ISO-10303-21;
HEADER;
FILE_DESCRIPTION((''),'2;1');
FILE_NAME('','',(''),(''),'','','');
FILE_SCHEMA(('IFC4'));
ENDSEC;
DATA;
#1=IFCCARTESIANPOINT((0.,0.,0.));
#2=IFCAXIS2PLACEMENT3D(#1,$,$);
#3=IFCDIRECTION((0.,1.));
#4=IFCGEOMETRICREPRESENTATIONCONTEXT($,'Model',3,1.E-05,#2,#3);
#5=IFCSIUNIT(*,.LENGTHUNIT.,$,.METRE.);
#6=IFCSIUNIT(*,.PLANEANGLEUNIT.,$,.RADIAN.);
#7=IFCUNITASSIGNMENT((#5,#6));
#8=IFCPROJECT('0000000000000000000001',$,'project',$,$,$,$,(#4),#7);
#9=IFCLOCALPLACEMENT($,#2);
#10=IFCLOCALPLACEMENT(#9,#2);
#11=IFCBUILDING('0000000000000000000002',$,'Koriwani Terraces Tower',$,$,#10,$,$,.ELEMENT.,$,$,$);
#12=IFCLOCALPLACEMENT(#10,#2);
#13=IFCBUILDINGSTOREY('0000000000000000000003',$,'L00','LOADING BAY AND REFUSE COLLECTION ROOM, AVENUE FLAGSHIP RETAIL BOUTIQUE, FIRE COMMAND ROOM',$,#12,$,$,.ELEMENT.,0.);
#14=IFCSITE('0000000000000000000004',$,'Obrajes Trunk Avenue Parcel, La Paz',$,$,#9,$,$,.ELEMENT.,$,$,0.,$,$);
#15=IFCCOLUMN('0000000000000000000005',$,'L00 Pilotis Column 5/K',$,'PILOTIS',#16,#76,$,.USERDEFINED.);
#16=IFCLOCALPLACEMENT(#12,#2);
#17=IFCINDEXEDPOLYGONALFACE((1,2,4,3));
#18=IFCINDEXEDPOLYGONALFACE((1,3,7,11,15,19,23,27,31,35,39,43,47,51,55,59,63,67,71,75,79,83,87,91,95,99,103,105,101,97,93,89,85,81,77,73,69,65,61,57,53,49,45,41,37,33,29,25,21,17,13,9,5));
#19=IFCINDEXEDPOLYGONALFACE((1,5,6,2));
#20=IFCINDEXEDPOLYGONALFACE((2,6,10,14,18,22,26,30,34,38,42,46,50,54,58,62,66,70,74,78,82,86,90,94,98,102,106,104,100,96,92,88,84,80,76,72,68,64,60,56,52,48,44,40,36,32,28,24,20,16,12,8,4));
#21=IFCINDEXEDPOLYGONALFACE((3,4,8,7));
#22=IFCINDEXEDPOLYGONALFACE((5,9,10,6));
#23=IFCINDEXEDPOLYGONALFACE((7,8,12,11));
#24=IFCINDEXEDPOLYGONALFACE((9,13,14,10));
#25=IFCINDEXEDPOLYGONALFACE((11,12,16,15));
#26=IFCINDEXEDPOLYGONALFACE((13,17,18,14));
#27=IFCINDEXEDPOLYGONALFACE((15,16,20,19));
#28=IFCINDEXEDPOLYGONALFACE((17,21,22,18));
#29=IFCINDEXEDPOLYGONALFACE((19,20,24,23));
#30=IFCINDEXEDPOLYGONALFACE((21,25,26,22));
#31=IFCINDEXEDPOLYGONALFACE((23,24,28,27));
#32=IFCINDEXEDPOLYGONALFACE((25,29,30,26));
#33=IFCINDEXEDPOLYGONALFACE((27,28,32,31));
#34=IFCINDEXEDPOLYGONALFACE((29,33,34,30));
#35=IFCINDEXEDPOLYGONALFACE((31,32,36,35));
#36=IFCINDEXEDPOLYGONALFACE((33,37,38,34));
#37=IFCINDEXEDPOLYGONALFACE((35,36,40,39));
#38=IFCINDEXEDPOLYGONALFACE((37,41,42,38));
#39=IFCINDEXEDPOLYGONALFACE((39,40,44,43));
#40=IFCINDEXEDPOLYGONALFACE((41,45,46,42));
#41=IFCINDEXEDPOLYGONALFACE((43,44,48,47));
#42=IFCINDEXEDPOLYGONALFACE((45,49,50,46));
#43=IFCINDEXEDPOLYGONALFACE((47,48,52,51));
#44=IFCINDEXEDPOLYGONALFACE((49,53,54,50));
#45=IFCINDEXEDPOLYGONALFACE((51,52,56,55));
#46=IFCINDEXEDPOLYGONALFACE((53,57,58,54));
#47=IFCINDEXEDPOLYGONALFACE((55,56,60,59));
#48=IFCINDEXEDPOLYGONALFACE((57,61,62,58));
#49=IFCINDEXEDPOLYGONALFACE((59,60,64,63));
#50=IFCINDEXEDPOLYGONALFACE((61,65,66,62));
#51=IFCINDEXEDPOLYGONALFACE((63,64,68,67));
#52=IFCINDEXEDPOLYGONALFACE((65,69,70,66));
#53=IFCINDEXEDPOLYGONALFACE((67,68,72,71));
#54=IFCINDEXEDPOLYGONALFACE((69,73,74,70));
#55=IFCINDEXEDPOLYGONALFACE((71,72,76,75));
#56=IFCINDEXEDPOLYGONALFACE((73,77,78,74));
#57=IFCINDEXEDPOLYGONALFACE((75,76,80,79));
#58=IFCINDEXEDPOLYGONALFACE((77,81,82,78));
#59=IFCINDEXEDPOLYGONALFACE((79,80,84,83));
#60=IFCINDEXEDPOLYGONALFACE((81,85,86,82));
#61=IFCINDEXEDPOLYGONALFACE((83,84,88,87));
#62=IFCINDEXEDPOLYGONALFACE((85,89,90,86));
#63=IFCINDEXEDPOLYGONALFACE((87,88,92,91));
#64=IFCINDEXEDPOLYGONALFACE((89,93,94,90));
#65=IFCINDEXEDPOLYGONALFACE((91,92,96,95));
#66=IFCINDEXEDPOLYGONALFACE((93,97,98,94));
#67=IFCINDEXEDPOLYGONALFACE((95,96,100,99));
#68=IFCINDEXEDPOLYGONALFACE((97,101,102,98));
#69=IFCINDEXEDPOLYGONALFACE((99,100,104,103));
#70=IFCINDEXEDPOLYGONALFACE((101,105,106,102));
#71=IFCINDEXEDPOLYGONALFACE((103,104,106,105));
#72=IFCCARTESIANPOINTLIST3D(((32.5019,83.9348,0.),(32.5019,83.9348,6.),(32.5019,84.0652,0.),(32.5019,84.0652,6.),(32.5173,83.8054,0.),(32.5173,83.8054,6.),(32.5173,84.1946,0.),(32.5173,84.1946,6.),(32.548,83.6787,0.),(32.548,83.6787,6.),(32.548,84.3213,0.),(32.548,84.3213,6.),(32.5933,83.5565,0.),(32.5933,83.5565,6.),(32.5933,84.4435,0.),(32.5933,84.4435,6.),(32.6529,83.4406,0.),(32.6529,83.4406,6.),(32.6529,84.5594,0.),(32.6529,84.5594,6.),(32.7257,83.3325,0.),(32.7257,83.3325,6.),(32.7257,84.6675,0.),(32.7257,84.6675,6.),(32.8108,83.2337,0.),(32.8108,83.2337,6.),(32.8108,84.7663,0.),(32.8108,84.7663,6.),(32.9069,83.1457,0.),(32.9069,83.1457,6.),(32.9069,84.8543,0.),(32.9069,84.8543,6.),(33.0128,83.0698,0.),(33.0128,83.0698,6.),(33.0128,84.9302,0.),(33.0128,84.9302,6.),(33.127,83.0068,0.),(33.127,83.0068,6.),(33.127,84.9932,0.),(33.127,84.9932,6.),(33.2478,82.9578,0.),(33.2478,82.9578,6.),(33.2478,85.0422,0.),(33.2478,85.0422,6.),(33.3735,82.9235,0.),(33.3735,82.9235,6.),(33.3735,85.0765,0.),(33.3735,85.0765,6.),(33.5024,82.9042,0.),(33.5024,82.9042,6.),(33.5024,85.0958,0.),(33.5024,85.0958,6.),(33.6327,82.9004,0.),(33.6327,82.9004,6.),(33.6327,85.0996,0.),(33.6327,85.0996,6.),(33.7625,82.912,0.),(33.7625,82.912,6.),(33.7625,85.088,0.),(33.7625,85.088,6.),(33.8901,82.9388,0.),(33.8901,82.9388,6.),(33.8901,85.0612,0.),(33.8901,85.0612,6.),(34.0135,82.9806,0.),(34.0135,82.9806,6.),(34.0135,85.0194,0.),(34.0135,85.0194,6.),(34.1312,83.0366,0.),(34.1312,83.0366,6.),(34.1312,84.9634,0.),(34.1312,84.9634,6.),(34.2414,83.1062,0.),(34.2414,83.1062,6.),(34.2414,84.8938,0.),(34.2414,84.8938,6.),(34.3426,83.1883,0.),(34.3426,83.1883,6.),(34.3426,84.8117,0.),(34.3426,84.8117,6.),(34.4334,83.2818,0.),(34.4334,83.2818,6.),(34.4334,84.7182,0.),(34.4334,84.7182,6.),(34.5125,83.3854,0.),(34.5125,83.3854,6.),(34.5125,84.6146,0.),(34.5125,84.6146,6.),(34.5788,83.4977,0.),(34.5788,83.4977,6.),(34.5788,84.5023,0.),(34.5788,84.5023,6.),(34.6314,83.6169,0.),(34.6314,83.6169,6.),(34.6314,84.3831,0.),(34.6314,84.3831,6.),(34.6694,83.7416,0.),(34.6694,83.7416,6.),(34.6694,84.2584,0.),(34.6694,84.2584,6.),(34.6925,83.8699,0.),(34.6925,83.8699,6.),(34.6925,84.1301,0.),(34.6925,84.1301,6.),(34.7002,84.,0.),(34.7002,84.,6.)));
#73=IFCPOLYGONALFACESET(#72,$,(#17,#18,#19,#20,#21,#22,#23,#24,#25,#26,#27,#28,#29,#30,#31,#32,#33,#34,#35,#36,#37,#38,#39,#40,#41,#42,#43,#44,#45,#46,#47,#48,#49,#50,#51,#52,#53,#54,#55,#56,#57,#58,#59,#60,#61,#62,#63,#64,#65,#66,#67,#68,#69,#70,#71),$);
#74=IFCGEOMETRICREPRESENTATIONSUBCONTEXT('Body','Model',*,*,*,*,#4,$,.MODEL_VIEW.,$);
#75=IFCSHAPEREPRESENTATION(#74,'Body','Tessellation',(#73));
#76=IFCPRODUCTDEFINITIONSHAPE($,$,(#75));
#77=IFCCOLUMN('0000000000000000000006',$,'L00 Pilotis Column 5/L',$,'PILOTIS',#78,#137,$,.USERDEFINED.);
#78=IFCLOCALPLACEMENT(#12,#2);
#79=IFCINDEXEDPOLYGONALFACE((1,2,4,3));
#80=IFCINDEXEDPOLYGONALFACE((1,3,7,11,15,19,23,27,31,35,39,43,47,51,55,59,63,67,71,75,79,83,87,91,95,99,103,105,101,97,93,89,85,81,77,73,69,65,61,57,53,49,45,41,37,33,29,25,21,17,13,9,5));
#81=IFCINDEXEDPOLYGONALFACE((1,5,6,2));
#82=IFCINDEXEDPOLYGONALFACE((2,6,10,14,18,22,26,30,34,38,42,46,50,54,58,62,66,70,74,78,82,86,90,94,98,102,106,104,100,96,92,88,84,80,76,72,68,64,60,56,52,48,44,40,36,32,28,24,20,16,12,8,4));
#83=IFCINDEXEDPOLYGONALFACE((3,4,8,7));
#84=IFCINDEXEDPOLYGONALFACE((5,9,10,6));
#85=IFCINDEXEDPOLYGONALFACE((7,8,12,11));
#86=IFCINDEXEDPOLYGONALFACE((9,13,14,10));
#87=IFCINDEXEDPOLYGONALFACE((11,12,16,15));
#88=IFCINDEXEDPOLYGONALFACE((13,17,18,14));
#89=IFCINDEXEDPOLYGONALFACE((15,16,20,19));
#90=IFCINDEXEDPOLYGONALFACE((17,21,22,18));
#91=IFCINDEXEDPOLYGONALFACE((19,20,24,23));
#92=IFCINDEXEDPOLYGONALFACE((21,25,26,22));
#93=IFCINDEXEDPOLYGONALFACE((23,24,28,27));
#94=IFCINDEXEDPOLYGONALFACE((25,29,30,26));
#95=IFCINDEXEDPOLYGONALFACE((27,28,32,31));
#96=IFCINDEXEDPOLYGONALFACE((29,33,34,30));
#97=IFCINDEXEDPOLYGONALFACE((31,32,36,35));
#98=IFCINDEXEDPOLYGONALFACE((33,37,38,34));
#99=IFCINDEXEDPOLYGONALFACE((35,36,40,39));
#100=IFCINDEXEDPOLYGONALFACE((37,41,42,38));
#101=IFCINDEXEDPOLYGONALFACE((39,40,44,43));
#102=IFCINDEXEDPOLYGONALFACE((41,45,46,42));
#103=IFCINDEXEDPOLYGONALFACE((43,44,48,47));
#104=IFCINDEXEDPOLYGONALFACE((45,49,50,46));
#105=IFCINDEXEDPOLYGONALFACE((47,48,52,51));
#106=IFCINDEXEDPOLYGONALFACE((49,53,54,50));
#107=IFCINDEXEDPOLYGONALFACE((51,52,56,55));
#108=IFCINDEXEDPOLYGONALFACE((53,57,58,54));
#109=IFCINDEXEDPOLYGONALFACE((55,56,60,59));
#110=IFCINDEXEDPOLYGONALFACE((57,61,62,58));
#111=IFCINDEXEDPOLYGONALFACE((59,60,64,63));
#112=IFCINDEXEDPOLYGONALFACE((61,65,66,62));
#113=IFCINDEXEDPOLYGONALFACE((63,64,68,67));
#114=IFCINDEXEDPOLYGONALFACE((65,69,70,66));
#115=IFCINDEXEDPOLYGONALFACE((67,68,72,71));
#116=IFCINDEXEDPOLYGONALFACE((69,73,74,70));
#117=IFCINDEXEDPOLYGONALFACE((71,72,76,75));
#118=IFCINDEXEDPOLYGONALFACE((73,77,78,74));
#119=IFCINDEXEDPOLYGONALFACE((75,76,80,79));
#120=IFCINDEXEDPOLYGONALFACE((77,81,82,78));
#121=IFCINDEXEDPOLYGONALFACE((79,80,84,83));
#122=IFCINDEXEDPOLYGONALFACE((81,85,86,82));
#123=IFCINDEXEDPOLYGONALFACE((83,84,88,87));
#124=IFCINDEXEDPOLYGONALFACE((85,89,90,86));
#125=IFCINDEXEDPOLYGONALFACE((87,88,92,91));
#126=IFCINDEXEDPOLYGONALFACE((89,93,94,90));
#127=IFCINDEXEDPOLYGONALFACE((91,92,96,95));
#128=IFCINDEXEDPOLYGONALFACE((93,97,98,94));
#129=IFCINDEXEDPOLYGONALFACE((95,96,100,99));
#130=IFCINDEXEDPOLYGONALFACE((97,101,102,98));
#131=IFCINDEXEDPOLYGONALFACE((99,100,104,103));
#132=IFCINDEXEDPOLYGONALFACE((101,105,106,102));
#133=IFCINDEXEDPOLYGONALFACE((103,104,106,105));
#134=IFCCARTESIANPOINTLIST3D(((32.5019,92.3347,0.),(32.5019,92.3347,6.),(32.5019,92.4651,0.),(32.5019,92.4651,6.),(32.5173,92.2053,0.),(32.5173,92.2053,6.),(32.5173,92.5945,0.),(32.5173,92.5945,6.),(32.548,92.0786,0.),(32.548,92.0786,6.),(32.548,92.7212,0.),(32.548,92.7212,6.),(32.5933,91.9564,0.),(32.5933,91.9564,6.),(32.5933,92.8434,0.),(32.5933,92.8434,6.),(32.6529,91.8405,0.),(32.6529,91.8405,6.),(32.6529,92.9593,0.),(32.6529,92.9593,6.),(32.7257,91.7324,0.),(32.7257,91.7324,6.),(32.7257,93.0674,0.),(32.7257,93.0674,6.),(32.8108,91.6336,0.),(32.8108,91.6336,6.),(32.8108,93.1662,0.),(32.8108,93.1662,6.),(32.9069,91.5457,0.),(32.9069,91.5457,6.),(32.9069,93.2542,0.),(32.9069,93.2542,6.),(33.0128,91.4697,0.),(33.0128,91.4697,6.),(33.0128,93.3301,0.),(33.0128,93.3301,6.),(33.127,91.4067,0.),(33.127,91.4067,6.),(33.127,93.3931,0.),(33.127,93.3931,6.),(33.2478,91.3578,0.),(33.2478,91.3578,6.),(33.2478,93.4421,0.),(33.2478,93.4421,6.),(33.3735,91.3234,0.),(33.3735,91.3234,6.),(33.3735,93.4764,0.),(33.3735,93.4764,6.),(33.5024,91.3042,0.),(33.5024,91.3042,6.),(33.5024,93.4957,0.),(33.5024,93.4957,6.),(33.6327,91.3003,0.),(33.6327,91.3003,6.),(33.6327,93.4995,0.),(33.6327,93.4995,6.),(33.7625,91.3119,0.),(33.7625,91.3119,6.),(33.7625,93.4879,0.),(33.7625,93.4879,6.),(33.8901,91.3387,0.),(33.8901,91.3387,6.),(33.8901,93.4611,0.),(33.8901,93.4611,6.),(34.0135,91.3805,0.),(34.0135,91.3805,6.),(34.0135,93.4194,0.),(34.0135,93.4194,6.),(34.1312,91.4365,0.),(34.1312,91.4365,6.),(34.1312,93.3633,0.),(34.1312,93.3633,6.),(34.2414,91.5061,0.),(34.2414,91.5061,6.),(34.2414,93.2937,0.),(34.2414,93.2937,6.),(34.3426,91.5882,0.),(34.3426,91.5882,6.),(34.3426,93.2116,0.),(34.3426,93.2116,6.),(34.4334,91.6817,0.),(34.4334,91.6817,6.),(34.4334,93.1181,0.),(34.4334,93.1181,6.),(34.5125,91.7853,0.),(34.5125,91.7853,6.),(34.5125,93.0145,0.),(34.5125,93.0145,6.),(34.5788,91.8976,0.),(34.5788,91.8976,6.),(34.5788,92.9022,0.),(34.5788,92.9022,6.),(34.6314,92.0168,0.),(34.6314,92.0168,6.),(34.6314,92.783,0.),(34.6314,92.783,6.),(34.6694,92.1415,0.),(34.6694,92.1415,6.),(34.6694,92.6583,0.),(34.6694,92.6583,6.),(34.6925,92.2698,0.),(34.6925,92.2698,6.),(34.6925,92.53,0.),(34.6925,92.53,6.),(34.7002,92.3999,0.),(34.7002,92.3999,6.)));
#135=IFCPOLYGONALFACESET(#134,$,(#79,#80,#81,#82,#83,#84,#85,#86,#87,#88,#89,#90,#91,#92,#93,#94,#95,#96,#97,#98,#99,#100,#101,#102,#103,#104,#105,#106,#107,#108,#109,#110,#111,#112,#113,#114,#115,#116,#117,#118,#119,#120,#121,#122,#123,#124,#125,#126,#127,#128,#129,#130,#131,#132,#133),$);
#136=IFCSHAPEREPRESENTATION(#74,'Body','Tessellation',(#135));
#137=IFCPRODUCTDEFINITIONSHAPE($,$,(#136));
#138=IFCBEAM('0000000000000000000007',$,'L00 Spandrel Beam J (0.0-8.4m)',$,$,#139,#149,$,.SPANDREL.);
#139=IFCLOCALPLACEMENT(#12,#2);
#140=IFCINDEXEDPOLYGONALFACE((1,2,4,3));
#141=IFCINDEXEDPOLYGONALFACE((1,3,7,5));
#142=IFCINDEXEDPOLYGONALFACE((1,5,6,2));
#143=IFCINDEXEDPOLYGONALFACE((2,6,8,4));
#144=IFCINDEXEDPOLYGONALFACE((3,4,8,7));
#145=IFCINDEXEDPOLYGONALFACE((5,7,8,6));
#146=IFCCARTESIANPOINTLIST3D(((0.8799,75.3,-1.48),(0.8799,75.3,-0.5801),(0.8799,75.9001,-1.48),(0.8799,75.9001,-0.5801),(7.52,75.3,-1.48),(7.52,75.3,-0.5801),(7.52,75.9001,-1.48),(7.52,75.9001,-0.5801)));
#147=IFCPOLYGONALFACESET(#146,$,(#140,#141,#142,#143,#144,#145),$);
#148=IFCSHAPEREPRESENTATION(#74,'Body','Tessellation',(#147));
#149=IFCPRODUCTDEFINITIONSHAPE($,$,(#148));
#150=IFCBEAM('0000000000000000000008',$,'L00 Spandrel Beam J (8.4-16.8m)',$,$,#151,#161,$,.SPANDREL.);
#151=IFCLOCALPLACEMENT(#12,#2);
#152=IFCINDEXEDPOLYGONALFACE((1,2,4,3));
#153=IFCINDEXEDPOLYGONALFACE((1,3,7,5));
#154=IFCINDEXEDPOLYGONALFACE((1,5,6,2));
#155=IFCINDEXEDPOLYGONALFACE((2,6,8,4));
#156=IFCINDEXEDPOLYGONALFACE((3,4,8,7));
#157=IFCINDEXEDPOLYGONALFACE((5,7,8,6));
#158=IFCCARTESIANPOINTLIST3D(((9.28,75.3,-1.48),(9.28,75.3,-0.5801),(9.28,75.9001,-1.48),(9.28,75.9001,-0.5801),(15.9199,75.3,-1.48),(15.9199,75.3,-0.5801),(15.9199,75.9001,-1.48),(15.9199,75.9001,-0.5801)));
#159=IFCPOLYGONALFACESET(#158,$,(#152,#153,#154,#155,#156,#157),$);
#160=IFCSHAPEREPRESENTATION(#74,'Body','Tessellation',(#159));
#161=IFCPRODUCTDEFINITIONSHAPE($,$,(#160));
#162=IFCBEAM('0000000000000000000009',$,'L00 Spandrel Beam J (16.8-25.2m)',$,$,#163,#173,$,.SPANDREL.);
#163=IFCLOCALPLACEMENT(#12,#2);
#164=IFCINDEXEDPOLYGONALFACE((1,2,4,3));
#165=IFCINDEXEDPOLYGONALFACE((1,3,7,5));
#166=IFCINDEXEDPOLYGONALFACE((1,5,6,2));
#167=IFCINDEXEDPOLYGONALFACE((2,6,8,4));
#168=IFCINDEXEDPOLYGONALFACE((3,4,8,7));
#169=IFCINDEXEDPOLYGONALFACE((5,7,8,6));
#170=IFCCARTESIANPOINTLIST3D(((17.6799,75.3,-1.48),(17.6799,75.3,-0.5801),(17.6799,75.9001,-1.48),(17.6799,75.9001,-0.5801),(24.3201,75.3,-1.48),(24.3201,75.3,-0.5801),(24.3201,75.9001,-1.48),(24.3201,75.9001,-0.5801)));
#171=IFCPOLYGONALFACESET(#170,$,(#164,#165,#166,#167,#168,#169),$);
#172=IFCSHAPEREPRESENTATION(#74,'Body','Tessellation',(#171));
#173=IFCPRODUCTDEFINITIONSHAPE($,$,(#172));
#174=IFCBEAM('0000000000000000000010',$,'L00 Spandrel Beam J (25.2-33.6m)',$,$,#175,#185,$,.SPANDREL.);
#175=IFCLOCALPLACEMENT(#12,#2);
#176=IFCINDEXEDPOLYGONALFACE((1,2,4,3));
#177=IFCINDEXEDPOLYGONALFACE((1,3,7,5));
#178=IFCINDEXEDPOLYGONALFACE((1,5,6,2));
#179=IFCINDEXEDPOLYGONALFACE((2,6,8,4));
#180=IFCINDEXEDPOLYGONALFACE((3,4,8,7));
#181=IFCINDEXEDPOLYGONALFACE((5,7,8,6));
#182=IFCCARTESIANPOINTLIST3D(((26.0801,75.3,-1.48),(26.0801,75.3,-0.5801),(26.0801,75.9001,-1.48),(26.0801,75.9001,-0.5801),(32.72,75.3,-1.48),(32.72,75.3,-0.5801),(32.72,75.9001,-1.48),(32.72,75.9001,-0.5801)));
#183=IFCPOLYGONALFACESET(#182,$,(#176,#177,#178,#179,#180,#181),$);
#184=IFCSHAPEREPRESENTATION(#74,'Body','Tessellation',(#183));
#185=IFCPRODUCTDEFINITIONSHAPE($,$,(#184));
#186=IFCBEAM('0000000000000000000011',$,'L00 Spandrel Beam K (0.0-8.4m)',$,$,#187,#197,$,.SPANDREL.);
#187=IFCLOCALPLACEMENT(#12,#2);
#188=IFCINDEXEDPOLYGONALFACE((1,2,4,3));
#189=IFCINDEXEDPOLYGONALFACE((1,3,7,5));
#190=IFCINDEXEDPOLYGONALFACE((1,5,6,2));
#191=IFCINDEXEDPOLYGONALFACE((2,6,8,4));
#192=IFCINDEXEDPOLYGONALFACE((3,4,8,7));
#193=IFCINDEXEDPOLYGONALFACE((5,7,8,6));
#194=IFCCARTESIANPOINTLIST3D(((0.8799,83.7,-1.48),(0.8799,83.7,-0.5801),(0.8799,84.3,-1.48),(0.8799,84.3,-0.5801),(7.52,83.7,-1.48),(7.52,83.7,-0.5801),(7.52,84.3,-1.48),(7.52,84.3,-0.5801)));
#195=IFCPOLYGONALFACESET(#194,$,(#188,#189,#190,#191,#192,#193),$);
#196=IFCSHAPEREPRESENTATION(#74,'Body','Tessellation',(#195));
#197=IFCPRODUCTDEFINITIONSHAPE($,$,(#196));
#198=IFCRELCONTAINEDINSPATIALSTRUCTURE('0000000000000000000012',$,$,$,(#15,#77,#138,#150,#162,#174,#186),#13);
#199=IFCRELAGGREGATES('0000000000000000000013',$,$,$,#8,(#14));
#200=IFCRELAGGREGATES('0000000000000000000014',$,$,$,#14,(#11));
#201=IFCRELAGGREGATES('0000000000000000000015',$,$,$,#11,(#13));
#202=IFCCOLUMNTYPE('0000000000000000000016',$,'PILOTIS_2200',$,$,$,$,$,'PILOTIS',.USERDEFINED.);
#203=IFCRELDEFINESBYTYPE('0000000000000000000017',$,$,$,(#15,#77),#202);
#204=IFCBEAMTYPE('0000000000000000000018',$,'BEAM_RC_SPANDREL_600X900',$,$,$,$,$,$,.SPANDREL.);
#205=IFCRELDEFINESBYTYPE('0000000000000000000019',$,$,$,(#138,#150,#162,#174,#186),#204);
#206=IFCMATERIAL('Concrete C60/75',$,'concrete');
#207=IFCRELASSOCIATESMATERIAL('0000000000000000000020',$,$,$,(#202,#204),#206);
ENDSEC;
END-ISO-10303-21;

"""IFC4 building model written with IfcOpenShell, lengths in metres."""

from ifc_helpers import new_model, si_unit, direction, frame, origin, origin_2d, place, context, subcontext, project, spatial, rectangle, circle, extrude, material, material_profile, profile_set, type_object, element, save


model = new_model("IFC4")

# Units and contexts
model_context = context("Model", 3, precision=1e-05, world=origin(), true_north=direction((0.0, 1.0)))
body_context = subcontext(model_context, "Body", "Model", "MODEL_VIEW")
ifc_project = project(units=[si_unit("LENGTHUNIT", "METRE"), si_unit("PLANEANGLEUNIT", "RADIAN")], contexts=[model_context])

# Site, building, storey
site_placement = place(None, origin())
site = spatial("IfcSite", under=ifc_project, at=site_placement, Name="Obrajes Trunk Avenue Parcel, La Paz", CompositionType="ELEMENT", RefElevation=0.0)
building_placement = place(site_placement, origin())
building = spatial("IfcBuilding", under=site, at=building_placement, Name="Koriwani Terraces Tower", CompositionType="ELEMENT")
storey_placement = place(building_placement, origin())
storey = spatial("IfcBuildingStorey", under=building, at=storey_placement, Name="L00", Description="LOADING BAY AND REFUSE COLLECTION ROOM, AVENUE FLAGSHIP RETAIL BOUTIQUE, FIRE COMMAND ROOM", CompositionType="ELEMENT", Elevation=0.0)

# Columns
ifc_material_1 = material(Name="Concrete C60/75", Category="concrete")
ifc_material_profile_1 = material_profile(ifc_material_1, circle(Radius=1.1001, at=origin_2d()), Name="Concrete C60/75", Category="LoadBearing")
ifc_profile_set_1 = profile_set([ifc_material_profile_1], Name="Concrete C60/75")
column_type = type_object("IfcColumnType", Name="PILOTIS_2200", ElementType="PILOTIS", PredefinedType="USERDEFINED", material=ifc_profile_set_1)
for number, where, z_axis, x_axis, name in (
    (1, (33.6001, 84.0, 0.0), (0.0, 0.0, 1.0), (1.0, 0.0, 0.0), "L00 Pilotis Column 5/K"),
    (2, (33.6001, 92.3999, 0.0), (0.0, 0.0, 1.0), (1.0, 0.0, 0.0), "L00 Pilotis Column 5/L"),
):
    element("IfcColumn", number, at=place(storey_placement, frame(where, z_axis=z_axis, x_axis=x_axis)), inside=storey, type_object=column_type, Name=name, ObjectType="PILOTIS", PredefinedType="USERDEFINED", context=body_context, shape_type="SweptSolid", body=[
        extrude(circle(Radius=1.1001, at=origin_2d()), origin(), (0.0, 0.0, 1.0), 6.0),
    ])

# Beams
ifc_material_profile_2 = material_profile(ifc_material_1, rectangle(XDim=0.6001, YDim=0.8999, at=origin_2d()), Name="Concrete C60/75", Category="LoadBearing")
ifc_profile_set_2 = profile_set([ifc_material_profile_2], Name="Concrete C60/75")
beam_type_1 = type_object("IfcBeamType", Name="BEAM_RC_SPANDREL_600X900", PredefinedType="SPANDREL", material=ifc_profile_set_2)
beam_1_placement = place(storey_placement, frame((0.8799, 75.6001, -1.03), z_axis=(1.0, 0.0, 0.0), x_axis=(0.0, 1.0, 0.0)))
element("IfcBeam", 3, at=beam_1_placement, inside=storey, type_object=beam_type_1, Name="L00 Spandrel Beam J (0.0-8.4m)", PredefinedType="SPANDREL", context=body_context, shape_type="SweptSolid", body=[
    extrude(rectangle(XDim=0.6001, YDim=0.8999, at=origin_2d()), origin(), (0.0, 0.0, 1.0), 6.6401),
])
beam_2_placement = place(storey_placement, frame((9.28, 75.6001, -1.03), z_axis=(1.0, 0.0, 0.0), x_axis=(0.0, 1.0, 0.0)))
element("IfcBeam", 4, at=beam_2_placement, inside=storey, type_object=beam_type_1, Name="L00 Spandrel Beam J (8.4-16.8m)", PredefinedType="SPANDREL", context=body_context, shape_type="SweptSolid", body=[
    extrude(rectangle(XDim=0.6001, YDim=0.8999, at=origin_2d()), origin(), (0.0, 0.0, 1.0), 6.6399),
])
beam_3_placement = place(storey_placement, frame((17.6799, 75.6001, -1.03), z_axis=(1.0, 0.0, 0.0), x_axis=(0.0, 1.0, 0.0)))
element("IfcBeam", 5, at=beam_3_placement, inside=storey, type_object=beam_type_1, Name="L00 Spandrel Beam J (16.8-25.2m)", PredefinedType="SPANDREL", context=body_context, shape_type="SweptSolid", body=[
    extrude(rectangle(XDim=0.6001, YDim=0.8999, at=origin_2d()), origin(), (0.0, 0.0, 1.0), 6.6401),
])
beam_4_placement = place(storey_placement, frame((26.0801, 75.6001, -1.03), z_axis=(1.0, 0.0, 0.0), x_axis=(0.0, 1.0, 0.0)))
element("IfcBeam", 6, at=beam_4_placement, inside=storey, type_object=beam_type_1, Name="L00 Spandrel Beam J (25.2-33.6m)", PredefinedType="SPANDREL", context=body_context, shape_type="SweptSolid", body=[
    extrude(rectangle(XDim=0.6001, YDim=0.8999, at=origin_2d()), origin(), (0.0, 0.0, 1.0), 6.6399),
])
beam_5_placement = place(storey_placement, frame((0.8799, 84.0, -1.03), z_axis=(1.0, 0.0, 0.0), x_axis=(0.0, 1.0, 0.0)))
element("IfcBeam", 7, at=beam_5_placement, inside=storey, type_object=beam_type_1, Name="L00 Spandrel Beam K (0.0-8.4m)", PredefinedType="SPANDREL", context=body_context, shape_type="SweptSolid", body=[
    extrude(rectangle(XDim=0.6001, YDim=0.8999, at=origin_2d()), origin(), (0.0, 0.0, 1.0), 6.6401),
])

save(model, "model.ifc")
